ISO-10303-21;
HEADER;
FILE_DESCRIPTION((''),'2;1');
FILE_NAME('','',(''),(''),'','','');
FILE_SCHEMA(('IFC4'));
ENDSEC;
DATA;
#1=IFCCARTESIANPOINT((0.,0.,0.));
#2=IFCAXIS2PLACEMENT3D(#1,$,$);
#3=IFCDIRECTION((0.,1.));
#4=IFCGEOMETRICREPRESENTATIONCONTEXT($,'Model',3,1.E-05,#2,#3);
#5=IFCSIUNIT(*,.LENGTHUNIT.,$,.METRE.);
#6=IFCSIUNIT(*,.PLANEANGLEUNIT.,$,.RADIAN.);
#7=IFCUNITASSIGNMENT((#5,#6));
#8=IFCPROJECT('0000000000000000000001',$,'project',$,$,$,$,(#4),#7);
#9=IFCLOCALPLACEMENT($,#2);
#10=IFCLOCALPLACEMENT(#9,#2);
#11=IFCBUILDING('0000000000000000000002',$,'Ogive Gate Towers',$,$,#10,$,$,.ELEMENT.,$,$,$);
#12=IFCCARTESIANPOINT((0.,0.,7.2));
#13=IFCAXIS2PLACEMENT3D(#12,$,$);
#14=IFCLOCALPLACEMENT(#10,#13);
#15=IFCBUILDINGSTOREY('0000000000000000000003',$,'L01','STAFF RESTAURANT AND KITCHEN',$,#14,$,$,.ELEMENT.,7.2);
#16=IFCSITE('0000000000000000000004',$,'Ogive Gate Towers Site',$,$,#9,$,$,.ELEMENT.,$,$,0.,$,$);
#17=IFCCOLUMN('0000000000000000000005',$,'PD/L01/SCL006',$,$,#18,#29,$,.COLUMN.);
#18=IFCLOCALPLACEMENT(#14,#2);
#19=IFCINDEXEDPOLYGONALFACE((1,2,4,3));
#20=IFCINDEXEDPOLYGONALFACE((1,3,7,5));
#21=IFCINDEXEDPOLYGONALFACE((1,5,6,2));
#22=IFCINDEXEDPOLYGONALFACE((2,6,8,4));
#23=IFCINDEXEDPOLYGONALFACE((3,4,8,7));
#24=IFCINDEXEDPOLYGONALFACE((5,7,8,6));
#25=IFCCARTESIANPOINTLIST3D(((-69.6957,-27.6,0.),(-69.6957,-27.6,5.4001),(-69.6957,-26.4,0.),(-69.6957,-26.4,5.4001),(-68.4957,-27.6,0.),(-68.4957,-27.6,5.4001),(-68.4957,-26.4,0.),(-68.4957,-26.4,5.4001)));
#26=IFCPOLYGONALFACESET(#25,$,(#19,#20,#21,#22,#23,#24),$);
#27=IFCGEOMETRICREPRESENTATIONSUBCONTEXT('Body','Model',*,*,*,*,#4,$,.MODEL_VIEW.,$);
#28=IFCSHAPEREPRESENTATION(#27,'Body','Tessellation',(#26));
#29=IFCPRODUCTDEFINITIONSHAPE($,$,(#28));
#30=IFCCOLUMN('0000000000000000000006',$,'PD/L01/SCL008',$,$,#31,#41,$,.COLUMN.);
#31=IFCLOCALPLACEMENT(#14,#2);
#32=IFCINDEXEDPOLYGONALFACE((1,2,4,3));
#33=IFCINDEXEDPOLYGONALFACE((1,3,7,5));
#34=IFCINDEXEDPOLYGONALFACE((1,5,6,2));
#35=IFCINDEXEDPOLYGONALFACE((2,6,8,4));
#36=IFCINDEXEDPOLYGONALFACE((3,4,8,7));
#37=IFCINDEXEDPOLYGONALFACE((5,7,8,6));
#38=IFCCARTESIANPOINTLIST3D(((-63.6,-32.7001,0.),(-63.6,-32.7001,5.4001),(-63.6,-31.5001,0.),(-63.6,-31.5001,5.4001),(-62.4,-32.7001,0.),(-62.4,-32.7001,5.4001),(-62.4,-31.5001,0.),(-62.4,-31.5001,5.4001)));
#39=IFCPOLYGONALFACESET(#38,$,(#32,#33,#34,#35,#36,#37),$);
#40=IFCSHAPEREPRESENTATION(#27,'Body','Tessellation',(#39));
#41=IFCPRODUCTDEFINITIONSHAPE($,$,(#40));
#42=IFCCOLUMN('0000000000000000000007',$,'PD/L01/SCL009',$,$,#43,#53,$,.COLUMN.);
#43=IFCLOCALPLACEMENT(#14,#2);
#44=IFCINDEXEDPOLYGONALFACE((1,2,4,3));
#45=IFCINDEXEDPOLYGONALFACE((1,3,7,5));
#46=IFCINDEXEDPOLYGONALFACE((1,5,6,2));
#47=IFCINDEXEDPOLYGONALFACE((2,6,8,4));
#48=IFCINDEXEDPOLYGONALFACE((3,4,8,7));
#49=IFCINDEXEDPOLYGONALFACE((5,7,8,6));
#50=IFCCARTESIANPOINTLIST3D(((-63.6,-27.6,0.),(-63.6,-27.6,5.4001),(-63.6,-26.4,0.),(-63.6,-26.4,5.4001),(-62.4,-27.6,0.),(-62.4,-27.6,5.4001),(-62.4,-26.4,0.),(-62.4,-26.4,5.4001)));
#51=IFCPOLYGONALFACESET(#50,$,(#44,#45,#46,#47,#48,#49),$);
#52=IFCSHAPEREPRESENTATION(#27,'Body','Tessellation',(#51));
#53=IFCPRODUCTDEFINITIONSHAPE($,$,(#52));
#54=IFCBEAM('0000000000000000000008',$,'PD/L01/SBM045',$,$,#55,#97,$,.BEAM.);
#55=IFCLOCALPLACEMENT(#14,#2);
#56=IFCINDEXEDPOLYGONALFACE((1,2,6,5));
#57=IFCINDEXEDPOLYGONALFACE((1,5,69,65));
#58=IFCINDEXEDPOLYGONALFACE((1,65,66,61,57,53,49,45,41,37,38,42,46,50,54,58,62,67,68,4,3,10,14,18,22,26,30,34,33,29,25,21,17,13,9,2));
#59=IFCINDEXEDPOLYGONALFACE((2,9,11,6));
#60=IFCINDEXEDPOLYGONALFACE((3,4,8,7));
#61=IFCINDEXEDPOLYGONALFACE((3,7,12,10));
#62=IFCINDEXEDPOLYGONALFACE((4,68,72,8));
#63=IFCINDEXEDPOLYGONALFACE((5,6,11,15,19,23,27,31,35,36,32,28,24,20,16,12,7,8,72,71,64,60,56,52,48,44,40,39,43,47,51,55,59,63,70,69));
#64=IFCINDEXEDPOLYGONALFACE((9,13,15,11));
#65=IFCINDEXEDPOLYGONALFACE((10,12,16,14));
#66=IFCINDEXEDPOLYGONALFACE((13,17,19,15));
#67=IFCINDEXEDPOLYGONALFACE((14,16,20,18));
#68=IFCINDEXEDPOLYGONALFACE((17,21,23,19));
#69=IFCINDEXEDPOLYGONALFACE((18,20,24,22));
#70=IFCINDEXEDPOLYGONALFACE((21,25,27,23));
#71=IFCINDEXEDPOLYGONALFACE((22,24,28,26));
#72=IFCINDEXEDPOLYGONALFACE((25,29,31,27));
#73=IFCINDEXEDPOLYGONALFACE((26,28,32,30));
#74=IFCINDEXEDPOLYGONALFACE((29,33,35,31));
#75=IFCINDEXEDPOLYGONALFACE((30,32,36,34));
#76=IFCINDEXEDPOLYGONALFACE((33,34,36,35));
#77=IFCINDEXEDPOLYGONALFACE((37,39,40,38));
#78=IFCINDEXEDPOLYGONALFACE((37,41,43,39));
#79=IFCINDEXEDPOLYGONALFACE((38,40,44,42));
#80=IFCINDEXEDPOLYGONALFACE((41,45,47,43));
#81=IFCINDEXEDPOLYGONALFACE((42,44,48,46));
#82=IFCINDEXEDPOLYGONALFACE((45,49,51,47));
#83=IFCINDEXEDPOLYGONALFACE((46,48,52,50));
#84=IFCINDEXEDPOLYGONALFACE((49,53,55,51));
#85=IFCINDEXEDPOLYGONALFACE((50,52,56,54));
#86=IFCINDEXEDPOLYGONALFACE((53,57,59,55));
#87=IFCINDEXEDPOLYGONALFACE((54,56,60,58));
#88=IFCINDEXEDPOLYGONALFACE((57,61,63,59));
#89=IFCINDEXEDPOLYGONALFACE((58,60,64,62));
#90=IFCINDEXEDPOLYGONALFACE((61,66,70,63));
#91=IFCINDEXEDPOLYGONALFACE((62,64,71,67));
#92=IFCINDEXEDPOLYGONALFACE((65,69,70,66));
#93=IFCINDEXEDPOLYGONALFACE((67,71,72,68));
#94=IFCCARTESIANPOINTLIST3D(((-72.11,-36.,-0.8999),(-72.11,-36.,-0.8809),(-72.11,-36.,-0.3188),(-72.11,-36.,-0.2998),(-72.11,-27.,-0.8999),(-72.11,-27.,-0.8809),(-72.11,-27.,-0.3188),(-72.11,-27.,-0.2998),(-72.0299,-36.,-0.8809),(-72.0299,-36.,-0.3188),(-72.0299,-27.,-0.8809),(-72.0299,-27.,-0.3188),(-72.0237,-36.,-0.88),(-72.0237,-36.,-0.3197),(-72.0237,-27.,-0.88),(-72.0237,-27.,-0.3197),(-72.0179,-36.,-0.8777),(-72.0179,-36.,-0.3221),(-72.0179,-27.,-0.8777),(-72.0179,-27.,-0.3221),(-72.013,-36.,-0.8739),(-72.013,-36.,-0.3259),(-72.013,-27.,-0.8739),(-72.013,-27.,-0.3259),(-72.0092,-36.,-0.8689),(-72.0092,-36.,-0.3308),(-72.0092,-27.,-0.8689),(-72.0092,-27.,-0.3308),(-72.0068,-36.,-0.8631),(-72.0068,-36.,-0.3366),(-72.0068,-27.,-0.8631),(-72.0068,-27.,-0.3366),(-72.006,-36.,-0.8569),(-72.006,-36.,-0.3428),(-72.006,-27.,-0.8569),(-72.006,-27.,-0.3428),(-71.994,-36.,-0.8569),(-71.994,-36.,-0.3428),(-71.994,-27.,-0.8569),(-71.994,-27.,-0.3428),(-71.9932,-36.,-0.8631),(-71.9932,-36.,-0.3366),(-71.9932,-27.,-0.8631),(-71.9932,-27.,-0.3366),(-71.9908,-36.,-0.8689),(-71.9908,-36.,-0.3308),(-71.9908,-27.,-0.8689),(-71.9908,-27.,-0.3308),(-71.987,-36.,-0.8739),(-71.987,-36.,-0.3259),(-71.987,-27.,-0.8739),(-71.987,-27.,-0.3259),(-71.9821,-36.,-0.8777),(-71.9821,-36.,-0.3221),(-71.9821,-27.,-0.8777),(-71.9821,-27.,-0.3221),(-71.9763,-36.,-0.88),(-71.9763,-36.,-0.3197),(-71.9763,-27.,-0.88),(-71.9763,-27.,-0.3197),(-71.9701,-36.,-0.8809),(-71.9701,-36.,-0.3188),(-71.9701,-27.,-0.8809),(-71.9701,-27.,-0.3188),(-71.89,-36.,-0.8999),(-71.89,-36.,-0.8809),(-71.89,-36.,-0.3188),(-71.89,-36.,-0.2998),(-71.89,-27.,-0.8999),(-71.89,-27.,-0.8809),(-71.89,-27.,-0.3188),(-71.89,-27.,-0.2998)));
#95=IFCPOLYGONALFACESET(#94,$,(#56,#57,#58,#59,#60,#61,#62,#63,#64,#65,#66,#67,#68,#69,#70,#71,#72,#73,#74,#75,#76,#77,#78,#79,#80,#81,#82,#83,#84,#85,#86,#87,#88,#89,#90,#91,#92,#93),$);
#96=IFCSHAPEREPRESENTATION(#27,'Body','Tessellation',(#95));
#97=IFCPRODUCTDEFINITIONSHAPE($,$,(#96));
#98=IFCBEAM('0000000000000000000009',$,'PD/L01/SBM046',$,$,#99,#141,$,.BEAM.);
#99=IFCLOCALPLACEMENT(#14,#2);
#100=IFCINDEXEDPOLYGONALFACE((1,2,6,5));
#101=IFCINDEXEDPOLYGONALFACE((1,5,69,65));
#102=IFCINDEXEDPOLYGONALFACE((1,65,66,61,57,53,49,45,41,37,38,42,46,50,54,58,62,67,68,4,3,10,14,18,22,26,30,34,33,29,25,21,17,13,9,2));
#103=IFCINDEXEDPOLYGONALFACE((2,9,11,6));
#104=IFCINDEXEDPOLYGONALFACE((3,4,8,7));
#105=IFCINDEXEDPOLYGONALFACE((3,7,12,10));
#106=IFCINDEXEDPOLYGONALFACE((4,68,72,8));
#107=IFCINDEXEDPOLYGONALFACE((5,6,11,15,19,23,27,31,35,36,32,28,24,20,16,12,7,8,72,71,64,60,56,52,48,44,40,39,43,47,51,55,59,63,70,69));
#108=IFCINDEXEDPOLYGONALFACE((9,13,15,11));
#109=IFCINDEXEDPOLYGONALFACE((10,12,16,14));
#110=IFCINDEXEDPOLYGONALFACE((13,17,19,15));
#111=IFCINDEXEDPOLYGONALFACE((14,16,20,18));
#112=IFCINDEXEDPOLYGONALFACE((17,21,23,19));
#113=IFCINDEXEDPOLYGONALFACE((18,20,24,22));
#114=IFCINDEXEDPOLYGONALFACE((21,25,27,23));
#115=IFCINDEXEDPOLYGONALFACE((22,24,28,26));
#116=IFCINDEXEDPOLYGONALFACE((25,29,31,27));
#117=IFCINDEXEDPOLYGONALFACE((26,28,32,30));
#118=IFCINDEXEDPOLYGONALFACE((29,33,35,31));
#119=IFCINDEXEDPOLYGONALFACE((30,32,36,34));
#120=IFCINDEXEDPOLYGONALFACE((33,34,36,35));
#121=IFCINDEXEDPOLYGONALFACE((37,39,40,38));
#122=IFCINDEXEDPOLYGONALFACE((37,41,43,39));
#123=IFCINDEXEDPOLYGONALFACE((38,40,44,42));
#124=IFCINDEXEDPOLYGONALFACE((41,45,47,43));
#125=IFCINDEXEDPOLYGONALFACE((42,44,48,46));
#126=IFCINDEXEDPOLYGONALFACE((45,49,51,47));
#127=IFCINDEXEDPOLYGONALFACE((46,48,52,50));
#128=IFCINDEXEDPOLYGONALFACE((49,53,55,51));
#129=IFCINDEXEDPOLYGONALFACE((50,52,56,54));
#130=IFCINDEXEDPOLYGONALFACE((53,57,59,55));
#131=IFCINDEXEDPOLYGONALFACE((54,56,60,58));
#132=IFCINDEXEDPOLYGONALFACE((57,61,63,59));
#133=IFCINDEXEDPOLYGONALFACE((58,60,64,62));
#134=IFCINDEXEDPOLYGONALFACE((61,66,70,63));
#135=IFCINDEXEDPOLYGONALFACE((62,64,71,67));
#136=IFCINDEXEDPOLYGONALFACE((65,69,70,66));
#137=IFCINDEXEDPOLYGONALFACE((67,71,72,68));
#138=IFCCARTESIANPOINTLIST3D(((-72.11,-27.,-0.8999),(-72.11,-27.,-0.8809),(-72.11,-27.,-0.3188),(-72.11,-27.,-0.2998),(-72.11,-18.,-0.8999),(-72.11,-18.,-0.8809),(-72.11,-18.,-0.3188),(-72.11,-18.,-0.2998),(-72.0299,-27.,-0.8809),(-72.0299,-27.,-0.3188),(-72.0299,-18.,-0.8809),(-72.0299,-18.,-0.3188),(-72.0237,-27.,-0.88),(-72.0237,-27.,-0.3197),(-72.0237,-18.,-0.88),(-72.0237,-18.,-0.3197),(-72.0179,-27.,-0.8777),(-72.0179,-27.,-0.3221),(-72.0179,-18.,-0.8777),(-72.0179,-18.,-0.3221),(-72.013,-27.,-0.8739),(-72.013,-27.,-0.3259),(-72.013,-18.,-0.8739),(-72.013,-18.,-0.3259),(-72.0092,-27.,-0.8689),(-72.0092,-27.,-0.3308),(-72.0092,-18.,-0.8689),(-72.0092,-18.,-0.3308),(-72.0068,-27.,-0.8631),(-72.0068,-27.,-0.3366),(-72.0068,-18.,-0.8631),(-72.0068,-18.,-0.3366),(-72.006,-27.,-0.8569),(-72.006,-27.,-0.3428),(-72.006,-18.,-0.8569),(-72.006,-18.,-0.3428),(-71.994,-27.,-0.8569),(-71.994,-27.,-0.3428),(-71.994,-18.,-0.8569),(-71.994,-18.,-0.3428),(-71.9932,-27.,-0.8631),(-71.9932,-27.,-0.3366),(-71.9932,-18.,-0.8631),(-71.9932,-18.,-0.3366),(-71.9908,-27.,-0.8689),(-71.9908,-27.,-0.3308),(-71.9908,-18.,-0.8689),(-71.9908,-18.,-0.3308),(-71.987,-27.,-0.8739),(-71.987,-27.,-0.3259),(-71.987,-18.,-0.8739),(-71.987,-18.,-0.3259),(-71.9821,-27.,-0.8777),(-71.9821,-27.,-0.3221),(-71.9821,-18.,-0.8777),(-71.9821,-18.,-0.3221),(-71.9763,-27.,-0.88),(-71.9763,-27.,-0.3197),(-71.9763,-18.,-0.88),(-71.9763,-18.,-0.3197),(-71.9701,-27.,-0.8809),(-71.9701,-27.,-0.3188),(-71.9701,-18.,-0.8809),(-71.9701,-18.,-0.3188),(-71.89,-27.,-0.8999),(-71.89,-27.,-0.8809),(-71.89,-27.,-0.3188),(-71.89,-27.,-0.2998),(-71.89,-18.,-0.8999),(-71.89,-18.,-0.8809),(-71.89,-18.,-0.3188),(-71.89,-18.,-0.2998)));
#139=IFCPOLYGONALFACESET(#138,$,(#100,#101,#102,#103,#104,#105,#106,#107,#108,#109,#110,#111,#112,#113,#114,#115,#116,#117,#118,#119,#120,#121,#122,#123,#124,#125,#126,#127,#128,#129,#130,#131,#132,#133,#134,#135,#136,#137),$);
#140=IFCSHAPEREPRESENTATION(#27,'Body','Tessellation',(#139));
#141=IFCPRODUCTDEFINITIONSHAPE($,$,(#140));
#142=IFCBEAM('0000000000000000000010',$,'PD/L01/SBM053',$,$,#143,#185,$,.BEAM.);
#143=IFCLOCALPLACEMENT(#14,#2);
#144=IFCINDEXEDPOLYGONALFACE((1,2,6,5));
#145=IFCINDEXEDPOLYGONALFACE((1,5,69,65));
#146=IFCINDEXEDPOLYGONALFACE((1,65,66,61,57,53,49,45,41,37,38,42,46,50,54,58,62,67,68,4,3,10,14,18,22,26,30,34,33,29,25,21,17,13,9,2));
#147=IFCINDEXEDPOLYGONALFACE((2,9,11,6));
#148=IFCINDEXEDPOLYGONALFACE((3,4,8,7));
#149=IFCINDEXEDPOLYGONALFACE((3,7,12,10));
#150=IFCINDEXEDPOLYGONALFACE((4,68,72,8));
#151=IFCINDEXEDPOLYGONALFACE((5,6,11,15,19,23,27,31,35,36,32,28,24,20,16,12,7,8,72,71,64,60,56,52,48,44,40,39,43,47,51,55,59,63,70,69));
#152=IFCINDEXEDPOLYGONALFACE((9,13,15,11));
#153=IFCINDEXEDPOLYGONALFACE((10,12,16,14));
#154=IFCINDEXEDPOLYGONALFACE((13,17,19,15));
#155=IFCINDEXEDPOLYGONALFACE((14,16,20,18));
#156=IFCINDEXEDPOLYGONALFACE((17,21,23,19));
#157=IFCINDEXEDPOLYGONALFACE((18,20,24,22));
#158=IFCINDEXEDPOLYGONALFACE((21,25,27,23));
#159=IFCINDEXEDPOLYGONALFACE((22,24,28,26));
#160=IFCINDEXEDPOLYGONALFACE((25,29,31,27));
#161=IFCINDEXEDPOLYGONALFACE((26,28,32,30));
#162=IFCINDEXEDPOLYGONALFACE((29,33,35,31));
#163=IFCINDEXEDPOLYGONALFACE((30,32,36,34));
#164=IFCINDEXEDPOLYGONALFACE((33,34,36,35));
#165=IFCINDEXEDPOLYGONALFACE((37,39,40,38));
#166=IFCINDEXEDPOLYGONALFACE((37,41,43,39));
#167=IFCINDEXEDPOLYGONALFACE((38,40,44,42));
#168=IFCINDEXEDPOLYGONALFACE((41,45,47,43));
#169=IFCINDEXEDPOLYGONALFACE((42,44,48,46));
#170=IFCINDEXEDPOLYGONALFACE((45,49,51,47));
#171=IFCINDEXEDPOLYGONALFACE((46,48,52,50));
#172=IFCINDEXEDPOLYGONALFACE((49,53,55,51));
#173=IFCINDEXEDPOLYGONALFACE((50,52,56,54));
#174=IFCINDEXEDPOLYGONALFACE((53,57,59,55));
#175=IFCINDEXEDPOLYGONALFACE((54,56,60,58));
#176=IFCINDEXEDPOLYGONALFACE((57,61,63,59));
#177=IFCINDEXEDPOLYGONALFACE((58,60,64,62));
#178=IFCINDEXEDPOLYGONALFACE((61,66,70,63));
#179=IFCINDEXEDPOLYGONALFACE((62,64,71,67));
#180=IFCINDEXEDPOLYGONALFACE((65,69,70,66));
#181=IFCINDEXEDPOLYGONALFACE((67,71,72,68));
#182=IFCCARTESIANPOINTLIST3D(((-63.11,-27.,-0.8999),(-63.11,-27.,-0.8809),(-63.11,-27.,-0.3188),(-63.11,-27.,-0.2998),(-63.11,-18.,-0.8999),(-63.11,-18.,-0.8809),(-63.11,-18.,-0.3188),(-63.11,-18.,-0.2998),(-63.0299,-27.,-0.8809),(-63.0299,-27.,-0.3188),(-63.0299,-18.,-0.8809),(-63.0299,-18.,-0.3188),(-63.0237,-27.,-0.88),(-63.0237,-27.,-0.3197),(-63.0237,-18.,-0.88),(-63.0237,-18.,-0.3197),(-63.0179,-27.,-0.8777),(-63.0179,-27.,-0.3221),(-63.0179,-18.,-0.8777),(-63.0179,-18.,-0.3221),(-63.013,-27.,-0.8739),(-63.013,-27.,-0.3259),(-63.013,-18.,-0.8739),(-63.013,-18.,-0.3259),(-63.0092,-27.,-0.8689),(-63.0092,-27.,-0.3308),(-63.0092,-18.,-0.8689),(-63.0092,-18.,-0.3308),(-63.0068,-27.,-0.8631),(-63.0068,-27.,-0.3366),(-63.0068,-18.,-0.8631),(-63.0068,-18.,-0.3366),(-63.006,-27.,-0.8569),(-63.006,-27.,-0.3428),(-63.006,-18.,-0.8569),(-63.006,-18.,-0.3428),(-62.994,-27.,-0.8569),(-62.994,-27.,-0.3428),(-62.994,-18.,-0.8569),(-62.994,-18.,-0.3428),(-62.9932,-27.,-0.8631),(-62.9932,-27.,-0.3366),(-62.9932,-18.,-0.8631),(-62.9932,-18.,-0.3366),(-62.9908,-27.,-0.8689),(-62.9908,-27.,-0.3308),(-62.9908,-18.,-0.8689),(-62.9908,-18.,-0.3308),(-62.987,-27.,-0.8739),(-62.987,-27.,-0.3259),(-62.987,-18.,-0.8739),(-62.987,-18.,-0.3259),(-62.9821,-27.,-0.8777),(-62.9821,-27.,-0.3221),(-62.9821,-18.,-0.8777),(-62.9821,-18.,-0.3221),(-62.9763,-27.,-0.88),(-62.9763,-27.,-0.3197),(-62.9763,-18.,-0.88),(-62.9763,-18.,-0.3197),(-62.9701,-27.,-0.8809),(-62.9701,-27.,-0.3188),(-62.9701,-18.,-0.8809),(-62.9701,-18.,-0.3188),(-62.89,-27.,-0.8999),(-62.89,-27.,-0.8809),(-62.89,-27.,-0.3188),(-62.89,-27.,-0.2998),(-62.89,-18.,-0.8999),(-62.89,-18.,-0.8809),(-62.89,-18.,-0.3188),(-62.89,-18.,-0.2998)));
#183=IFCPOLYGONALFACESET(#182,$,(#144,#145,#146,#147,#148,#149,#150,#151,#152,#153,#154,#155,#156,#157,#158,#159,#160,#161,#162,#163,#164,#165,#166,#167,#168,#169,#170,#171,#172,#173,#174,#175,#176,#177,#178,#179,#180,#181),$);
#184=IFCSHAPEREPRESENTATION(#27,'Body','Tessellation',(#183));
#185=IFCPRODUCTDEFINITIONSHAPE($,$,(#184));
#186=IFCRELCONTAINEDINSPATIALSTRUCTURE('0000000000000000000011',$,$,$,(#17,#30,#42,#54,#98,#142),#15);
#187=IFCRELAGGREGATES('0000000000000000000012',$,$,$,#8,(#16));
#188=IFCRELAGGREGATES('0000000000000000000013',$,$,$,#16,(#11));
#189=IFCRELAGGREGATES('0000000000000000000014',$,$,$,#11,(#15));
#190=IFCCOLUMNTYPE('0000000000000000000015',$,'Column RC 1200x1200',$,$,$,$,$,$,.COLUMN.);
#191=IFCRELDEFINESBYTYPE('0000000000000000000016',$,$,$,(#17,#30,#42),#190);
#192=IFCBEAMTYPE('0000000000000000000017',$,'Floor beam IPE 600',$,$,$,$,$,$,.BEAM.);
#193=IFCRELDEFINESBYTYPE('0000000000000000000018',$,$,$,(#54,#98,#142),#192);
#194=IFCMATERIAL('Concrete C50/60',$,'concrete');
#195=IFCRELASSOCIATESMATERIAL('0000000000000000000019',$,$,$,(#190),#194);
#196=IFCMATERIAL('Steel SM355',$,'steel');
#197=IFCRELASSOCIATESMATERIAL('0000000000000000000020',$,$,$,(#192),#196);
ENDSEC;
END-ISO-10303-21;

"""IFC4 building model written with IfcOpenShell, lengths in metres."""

from ifc_helpers import new_model, si_unit, direction, frame, origin, origin_2d, place, context, subcontext, project, spatial, rectangle, i_section, extrude, material, material_profile, profile_set, type_object, element, save


model = new_model("IFC4")

# Units and contexts
model_context = context("Model", 3, precision=1e-05, world=origin(), true_north=direction((0.0, 1.0)))
body_context = subcontext(model_context, "Body", "Model", "MODEL_VIEW")
ifc_project = project(units=[si_unit("LENGTHUNIT", "METRE"), si_unit("PLANEANGLEUNIT", "RADIAN")], contexts=[model_context])

# Site, building, storey
site_placement = place(None, origin())
site = spatial("IfcSite", under=ifc_project, at=site_placement, Name="Ogive Gate Towers Site", CompositionType="ELEMENT", RefElevation=0.0)
building_placement = place(site_placement, origin())
building = spatial("IfcBuilding", under=site, at=building_placement, Name="Ogive Gate Towers", CompositionType="ELEMENT")
storey_placement = place(building_placement, frame((0.0, 0.0, 7.2)))
storey = spatial("IfcBuildingStorey", under=building, at=storey_placement, Name="L01", Description="STAFF RESTAURANT AND KITCHEN", CompositionType="ELEMENT", Elevation=7.2)

# Columns
ifc_material_1 = material(Name="Concrete C50/60", Category="concrete")
ifc_material_profile_1 = material_profile(ifc_material_1, rectangle(XDim=1.2, YDim=1.2, at=origin_2d()), Name="RC 1200x1200")
ifc_profile_set_1 = profile_set([ifc_material_profile_1], Name="Concrete C50/60")
column_type = type_object("IfcColumnType", Name="Column RC 1200x1200", PredefinedType="COLUMN", material=ifc_profile_set_1)
for number, where, z_axis, x_axis, name in (
    (1, (-69.0957, -27.0, 0.0), (0.0, 0.0, 1.0), (1.0, 0.0, 0.0), "PD/L01/SCL006"),
    (2, (-63.0, -32.1001, 0.0), (0.0, 0.0, 1.0), (1.0, 0.0, 0.0), "PD/L01/SCL008"),
    (3, (-63.0, -27.0, 0.0), (0.0, 0.0, 1.0), (1.0, 0.0, 0.0), "PD/L01/SCL009"),
):
    element("IfcColumn", number, at=place(storey_placement, frame(where, z_axis=z_axis, x_axis=x_axis)), inside=storey, type_object=column_type, Name=name, PredefinedType="COLUMN", context=body_context, shape_type="SweptSolid", body=[
        extrude(rectangle(XDim=1.2, YDim=1.2, at=origin_2d()), origin(), (0.0, 0.0, 1.0), 5.4001),
    ])

# Beams
ifc_material_2 = material(Name="Steel SM355", Category="steel")
ifc_material_profile_2 = material_profile(ifc_material_2, i_section(OverallWidth=0.22, OverallDepth=0.6001, WebThickness=0.012, FlangeThickness=0.019, FilletRadius=0.0239, at=origin_2d()), Name="IPE 600")
ifc_profile_set_2 = profile_set([ifc_material_profile_2], Name="Steel SM355")
beam_type_1 = type_object("IfcBeamType", Name="Floor beam IPE 600", PredefinedType="BEAM", material=ifc_profile_set_2)
for number, where, z_axis, x_axis, name in (
    (4, (-72.0, -36.0, -0.5999), (0.0, 1.0, 0.0), (-1.0, 0.0, 0.0), "PD/L01/SBM045"),
    (5, (-72.0, -27.0, -0.5999), (0.0, 1.0, 0.0), (-1.0, 0.0, 0.0), "PD/L01/SBM046"),
    (6, (-63.0, -27.0, -0.5999), (0.0, 1.0, 0.0), (-1.0, 0.0, 0.0), "PD/L01/SBM053"),
):
    element("IfcBeam", number, at=place(storey_placement, frame(where, z_axis=z_axis, x_axis=x_axis)), inside=storey, type_object=beam_type_1, Name=name, PredefinedType="BEAM", context=body_context, shape_type="SweptSolid", body=[
        extrude(i_section(OverallWidth=0.22, OverallDepth=0.6001, WebThickness=0.012, FlangeThickness=0.019, FilletRadius=0.0239, at=origin_2d()), origin(), (0.0, 0.0, 1.0), 9.0),
    ])

save(model, "model.ifc")
